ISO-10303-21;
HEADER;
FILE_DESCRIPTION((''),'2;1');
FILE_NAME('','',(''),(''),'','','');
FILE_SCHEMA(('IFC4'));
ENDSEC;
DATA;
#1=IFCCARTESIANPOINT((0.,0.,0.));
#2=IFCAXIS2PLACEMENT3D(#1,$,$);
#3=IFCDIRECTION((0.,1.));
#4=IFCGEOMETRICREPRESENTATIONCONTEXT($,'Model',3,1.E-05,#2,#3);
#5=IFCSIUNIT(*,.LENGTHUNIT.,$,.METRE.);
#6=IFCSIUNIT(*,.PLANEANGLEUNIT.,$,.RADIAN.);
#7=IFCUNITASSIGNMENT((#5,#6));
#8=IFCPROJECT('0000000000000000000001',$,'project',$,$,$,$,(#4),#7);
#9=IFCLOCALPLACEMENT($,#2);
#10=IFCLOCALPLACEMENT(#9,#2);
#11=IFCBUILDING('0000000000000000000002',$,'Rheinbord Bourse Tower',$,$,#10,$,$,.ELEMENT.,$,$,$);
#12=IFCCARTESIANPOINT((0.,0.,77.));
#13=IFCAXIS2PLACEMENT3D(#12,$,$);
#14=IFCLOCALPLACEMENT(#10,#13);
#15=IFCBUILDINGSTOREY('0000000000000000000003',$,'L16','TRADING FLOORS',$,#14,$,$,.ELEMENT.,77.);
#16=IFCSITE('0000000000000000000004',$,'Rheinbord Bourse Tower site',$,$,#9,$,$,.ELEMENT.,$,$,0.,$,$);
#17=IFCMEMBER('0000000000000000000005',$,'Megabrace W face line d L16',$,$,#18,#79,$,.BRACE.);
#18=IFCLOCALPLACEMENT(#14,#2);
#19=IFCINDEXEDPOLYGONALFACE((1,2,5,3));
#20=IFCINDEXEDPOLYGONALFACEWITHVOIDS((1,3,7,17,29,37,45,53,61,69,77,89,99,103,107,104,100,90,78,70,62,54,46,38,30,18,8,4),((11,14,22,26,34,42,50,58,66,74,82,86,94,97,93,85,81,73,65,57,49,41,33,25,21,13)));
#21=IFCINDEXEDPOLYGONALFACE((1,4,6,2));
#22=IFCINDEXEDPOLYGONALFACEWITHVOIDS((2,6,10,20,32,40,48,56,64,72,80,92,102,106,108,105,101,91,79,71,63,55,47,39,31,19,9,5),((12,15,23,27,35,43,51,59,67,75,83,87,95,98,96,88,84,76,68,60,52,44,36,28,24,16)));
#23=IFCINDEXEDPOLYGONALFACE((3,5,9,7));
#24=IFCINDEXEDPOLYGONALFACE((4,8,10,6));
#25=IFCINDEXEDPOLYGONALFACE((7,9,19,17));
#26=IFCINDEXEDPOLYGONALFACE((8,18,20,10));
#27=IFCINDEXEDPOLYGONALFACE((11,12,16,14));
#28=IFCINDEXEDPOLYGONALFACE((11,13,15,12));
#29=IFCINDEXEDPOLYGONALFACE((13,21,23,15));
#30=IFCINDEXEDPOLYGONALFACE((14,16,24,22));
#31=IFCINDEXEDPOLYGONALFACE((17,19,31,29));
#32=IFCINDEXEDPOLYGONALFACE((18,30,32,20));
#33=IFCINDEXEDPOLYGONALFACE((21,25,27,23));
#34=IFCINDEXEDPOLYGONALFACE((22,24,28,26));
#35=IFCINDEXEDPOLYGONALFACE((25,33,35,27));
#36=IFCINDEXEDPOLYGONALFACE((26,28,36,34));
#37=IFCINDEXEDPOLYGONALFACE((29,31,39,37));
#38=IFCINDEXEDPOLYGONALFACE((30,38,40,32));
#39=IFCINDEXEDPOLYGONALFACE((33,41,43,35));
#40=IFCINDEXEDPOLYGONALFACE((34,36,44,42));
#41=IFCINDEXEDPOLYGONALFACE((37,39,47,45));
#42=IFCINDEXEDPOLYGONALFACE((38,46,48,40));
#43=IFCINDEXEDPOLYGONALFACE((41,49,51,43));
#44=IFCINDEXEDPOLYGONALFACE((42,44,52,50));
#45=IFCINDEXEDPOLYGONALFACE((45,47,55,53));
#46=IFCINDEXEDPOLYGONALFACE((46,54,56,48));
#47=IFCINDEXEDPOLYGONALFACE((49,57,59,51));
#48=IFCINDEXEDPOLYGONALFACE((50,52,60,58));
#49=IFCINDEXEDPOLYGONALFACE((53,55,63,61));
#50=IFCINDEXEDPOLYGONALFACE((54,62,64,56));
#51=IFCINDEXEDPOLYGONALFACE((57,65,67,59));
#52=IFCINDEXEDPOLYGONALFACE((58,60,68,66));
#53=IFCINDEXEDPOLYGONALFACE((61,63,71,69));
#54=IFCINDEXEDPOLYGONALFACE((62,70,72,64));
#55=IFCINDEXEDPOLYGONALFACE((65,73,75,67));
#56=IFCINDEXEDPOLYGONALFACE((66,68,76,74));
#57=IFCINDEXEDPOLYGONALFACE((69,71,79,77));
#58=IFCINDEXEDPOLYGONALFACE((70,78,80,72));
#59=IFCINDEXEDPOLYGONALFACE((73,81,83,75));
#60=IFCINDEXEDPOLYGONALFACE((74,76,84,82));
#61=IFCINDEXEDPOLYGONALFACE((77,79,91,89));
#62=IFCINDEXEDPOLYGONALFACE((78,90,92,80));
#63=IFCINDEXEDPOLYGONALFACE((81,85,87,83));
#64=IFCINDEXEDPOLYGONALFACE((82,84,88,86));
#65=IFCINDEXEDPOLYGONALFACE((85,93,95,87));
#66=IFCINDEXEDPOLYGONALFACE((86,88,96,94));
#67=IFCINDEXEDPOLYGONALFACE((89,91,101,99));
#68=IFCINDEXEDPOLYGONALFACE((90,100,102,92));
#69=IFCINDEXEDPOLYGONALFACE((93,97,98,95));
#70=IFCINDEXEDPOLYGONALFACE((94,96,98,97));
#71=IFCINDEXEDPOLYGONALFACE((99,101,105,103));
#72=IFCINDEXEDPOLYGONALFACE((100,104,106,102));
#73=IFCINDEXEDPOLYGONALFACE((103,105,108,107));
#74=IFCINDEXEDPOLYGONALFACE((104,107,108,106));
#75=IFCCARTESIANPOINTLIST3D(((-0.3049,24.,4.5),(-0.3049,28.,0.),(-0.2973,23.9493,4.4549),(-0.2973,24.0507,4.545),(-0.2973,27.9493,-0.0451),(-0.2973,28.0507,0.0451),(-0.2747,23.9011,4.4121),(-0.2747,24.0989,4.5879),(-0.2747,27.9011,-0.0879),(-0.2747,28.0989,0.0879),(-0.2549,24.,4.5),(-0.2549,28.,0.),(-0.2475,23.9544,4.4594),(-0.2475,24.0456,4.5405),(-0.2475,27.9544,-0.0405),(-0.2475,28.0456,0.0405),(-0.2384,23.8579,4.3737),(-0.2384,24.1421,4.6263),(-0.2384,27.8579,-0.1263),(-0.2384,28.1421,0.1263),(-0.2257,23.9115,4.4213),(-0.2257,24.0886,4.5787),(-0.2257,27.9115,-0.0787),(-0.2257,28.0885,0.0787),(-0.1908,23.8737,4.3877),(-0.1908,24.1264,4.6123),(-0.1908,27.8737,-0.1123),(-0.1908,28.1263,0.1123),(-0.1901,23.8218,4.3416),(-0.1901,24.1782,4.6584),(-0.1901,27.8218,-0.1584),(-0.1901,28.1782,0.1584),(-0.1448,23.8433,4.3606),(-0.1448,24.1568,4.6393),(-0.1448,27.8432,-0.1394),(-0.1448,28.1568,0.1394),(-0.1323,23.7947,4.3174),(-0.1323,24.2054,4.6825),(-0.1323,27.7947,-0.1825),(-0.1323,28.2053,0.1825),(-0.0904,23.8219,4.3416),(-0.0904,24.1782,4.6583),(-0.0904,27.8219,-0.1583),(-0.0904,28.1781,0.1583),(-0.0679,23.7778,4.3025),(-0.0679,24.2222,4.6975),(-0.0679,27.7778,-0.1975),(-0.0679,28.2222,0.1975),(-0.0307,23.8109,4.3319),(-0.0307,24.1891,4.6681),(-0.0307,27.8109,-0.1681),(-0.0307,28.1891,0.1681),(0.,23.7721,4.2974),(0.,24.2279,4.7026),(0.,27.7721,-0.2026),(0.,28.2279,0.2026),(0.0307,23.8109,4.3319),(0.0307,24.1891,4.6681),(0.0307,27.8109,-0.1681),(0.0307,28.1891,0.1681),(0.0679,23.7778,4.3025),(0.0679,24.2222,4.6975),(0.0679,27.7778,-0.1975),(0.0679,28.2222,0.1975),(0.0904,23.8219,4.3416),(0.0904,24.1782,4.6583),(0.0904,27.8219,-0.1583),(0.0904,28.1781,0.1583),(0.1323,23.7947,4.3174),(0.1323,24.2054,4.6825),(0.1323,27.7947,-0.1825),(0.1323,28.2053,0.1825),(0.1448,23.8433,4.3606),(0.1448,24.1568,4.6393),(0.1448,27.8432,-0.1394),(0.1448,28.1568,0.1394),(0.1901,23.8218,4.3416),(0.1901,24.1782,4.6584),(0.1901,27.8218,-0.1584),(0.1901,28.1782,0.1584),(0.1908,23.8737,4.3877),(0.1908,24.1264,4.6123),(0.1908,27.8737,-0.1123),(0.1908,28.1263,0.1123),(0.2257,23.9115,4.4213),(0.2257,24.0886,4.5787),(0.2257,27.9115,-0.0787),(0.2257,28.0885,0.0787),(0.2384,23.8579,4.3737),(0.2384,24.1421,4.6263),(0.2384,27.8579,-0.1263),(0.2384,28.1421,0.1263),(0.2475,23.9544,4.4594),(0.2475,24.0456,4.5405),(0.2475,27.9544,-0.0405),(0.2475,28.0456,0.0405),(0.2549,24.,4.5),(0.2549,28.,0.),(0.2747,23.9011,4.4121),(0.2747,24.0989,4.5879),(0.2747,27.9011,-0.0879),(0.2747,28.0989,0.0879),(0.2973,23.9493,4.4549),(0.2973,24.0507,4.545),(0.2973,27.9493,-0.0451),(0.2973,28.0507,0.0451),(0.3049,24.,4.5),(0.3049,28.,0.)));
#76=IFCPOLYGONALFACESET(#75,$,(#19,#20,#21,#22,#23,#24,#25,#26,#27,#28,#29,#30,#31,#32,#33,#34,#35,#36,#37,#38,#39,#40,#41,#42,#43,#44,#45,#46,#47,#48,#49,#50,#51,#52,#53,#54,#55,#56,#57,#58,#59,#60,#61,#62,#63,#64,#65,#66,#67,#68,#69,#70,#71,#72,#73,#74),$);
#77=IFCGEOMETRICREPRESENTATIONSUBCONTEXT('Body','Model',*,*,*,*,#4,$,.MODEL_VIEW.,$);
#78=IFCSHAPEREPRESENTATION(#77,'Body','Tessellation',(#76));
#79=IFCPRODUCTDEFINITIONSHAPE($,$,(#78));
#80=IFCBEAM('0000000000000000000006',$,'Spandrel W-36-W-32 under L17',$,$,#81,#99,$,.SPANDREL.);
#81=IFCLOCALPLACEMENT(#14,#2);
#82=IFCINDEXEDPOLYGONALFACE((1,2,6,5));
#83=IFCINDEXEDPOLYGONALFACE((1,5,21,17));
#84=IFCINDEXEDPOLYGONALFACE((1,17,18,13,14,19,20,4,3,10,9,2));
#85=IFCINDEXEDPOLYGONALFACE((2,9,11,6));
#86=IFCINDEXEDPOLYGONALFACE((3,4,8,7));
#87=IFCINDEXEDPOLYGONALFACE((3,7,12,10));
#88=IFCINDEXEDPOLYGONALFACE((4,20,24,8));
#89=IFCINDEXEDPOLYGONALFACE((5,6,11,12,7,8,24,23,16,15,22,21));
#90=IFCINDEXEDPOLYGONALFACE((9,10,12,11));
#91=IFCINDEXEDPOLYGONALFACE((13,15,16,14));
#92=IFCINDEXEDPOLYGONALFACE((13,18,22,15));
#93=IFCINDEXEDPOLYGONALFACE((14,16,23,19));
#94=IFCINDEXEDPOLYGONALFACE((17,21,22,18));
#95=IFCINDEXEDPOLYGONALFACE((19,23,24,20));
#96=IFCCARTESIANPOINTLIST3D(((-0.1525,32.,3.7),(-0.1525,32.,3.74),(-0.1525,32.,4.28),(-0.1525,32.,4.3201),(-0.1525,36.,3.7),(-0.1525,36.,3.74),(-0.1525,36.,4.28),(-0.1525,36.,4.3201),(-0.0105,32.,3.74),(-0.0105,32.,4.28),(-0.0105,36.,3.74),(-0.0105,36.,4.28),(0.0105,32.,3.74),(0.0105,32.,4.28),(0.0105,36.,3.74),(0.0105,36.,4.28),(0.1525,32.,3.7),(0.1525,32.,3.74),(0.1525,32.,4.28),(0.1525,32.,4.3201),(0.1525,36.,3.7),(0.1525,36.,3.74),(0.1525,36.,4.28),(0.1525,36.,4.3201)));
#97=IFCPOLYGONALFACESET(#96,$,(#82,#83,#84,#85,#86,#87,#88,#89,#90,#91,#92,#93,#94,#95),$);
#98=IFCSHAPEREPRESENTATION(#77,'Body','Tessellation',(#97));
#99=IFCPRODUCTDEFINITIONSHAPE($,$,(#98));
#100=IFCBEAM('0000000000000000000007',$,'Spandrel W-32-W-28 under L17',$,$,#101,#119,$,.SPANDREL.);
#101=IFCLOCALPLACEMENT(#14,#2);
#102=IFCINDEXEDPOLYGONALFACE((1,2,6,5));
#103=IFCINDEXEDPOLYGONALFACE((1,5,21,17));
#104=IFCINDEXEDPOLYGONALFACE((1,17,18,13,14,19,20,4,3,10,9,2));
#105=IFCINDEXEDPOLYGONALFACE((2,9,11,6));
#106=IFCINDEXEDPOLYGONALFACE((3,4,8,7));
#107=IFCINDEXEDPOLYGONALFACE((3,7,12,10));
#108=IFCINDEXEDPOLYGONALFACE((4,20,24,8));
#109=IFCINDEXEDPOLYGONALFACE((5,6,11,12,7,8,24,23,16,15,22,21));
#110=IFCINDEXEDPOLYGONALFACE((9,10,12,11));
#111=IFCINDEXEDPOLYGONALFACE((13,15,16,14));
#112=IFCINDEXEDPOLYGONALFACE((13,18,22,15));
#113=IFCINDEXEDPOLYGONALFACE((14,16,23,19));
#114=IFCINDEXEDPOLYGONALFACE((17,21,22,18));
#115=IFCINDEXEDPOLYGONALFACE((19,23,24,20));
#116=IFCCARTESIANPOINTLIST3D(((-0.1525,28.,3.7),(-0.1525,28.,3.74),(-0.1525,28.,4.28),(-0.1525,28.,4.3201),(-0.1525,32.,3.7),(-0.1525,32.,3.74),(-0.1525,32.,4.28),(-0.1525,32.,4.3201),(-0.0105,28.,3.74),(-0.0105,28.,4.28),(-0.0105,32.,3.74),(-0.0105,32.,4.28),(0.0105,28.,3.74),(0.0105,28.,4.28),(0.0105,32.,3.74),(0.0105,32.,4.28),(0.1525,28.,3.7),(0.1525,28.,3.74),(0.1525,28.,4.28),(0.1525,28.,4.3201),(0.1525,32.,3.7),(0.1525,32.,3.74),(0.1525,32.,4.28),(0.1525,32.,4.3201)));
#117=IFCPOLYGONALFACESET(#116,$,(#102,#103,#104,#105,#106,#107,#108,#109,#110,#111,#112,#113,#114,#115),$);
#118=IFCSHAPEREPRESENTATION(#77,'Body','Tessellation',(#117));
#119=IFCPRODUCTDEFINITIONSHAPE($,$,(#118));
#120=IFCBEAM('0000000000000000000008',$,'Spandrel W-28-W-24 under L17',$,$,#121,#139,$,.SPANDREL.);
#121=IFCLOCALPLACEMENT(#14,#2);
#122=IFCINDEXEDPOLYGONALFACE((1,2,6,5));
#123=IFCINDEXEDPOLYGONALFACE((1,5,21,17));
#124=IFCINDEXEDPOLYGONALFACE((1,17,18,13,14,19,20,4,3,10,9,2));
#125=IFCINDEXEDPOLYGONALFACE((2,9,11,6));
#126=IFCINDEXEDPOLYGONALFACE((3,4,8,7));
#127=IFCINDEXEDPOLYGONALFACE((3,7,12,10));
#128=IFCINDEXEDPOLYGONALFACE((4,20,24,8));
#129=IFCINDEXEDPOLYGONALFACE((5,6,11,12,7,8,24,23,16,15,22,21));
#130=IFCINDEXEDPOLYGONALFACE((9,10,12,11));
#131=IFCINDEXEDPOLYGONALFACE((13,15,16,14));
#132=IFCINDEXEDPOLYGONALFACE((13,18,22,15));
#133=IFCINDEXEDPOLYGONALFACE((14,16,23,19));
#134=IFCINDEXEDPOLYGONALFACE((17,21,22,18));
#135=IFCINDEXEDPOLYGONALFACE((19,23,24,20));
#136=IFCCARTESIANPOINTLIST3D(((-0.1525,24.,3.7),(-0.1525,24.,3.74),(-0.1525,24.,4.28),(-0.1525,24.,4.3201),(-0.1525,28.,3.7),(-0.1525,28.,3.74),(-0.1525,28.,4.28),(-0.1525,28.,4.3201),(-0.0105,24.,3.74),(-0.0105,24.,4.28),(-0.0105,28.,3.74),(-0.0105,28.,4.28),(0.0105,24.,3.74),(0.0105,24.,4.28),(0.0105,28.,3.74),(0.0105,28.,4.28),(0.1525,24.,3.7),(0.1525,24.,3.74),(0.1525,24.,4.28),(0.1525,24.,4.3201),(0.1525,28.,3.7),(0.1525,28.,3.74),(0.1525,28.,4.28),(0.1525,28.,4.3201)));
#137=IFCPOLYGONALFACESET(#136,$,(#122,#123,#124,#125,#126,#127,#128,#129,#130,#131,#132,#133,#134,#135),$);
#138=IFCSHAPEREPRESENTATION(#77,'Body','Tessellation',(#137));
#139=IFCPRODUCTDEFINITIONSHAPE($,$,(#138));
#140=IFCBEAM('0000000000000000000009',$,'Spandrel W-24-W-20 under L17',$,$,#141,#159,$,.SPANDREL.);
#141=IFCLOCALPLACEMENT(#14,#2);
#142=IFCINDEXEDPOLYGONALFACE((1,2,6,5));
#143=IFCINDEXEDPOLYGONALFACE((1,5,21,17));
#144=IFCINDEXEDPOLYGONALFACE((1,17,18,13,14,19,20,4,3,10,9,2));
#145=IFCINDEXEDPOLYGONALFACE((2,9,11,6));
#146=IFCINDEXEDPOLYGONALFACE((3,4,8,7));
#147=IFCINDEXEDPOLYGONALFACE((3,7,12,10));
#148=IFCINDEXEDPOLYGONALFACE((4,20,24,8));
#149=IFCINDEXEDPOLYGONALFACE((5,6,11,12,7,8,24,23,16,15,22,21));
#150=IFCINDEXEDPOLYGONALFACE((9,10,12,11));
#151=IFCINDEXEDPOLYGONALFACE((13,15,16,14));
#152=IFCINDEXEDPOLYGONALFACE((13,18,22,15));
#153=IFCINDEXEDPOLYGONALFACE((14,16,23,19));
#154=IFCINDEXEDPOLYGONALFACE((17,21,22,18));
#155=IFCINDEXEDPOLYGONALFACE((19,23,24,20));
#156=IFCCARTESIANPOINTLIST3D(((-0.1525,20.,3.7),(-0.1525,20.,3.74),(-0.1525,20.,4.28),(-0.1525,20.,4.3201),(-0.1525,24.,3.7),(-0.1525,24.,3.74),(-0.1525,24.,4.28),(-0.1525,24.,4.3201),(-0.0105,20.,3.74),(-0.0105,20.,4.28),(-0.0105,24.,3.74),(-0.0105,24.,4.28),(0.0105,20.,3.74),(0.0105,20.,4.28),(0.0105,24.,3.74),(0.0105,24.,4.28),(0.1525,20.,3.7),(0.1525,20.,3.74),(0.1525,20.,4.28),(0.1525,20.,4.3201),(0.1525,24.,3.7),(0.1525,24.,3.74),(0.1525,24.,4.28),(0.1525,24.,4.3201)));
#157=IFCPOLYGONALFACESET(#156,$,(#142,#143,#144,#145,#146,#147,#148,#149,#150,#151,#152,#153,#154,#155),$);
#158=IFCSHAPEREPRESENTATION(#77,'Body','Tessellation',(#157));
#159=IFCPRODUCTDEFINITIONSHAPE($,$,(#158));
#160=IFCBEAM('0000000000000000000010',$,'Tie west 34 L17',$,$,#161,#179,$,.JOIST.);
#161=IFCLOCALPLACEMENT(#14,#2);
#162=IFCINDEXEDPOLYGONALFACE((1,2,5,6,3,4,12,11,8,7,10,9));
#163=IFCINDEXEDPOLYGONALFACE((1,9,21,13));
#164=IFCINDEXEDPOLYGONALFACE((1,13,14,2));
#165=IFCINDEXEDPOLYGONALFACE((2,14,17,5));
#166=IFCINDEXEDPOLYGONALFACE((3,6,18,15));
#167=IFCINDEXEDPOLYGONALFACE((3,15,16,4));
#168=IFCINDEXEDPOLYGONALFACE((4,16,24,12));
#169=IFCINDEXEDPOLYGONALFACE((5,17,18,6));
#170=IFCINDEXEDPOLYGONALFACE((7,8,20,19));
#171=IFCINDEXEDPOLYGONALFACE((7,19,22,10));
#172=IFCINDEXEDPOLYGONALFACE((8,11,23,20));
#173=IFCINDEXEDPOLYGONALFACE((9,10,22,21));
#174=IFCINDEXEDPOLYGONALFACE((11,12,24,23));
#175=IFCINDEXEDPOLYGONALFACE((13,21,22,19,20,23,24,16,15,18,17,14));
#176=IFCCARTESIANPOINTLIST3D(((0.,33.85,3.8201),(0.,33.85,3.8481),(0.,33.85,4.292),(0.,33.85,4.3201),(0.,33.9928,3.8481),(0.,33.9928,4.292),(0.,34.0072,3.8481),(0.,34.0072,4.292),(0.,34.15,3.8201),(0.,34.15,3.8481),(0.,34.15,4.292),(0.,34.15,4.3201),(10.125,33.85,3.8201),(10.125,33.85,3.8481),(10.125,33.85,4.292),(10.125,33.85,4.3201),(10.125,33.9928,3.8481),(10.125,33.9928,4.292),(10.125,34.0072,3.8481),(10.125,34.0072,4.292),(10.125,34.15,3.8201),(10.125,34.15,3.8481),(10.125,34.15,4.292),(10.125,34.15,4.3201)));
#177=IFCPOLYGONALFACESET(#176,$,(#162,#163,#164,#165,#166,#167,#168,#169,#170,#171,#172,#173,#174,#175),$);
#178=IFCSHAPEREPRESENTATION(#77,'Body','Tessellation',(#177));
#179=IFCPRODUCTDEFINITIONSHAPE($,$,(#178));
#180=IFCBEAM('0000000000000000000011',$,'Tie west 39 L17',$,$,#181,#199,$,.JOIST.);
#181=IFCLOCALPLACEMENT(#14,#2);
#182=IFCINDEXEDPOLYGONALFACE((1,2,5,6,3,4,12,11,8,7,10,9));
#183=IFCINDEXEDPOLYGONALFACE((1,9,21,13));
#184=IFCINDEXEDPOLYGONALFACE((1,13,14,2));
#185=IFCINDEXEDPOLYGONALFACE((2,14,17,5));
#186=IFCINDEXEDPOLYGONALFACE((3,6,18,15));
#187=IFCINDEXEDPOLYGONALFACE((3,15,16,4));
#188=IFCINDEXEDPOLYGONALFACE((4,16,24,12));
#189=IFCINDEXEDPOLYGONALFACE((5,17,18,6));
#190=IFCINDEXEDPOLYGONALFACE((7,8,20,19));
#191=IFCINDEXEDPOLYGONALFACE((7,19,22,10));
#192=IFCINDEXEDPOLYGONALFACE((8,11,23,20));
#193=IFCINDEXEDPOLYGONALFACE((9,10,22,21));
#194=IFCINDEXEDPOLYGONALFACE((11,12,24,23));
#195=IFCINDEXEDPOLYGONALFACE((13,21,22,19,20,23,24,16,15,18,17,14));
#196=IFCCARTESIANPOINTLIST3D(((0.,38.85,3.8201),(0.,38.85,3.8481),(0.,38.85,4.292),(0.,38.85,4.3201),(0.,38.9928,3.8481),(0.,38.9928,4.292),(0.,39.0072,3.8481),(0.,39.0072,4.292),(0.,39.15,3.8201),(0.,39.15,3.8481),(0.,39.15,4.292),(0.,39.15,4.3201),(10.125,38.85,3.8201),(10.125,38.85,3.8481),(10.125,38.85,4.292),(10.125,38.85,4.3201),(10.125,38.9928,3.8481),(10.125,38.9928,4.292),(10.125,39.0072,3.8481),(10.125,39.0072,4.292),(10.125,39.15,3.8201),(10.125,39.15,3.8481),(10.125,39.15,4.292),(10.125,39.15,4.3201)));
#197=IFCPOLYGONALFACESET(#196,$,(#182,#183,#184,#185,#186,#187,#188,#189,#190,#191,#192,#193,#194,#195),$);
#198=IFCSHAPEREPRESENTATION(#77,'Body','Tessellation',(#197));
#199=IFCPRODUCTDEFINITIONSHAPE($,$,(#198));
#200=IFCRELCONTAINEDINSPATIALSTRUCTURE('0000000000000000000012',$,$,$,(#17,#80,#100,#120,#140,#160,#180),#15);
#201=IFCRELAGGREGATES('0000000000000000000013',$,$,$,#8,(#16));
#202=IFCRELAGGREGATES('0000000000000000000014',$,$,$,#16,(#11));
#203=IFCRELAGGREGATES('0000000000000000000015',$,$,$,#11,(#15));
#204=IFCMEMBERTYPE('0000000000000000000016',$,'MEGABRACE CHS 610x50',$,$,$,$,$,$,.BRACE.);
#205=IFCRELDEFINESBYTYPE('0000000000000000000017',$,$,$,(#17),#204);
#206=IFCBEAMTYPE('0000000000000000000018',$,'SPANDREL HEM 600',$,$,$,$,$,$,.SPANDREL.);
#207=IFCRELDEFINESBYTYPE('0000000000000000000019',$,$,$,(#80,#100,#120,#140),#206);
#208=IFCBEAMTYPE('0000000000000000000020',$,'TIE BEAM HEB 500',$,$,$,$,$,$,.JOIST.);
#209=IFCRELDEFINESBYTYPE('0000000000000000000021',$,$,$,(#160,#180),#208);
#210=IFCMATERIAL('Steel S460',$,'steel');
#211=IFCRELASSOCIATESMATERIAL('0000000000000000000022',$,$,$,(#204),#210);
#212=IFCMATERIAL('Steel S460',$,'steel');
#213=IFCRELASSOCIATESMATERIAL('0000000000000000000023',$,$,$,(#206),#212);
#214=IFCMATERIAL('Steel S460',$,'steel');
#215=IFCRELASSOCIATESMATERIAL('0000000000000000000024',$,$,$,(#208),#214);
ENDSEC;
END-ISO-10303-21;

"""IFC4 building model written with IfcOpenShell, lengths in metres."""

from ifc_helpers import new_model, si_unit, direction, frame, origin, origin_2d, place, context, subcontext, project, spatial, hollow_circle, i_section, extrude, material, material_profile, profile_set, type_object, element, save


model = new_model("IFC4")

# Units and contexts
model_context = context("Model", 3, precision=1e-05, world=origin(), true_north=direction((0.0, 1.0)))
body_context = subcontext(model_context, "Body", "Model", "MODEL_VIEW")
ifc_project = project(units=[si_unit("LENGTHUNIT", "METRE"), si_unit("PLANEANGLEUNIT", "RADIAN")], contexts=[model_context])

# Site, building, storey
site_placement = place(None, origin())
site = spatial("IfcSite", under=ifc_project, at=site_placement, Name="Rheinbord Bourse Tower site", CompositionType="ELEMENT", RefElevation=0.0)
building_placement = place(site_placement, origin())
building = spatial("IfcBuilding", under=site, at=building_placement, Name="Rheinbord Bourse Tower", CompositionType="ELEMENT")
storey_placement = place(building_placement, frame((0.0, 0.0, 77.0)))
storey = spatial("IfcBuildingStorey", under=building, at=storey_placement, Name="L16", Description="TRADING FLOORS", CompositionType="ELEMENT", Elevation=77.0)

# Member
ifc_material_1 = material(Name="Steel S460", Category="steel")
ifc_material_profile_1 = material_profile(ifc_material_1, hollow_circle(Radius=0.3049, WallThickness=0.05, at=origin_2d()), Name="CHS 610x50")
ifc_profile_set_1 = profile_set([ifc_material_profile_1], Name="Steel S460")
member_type_1 = type_object("IfcMemberType", Name="MEGABRACE CHS 610x50", PredefinedType="BRACE", material=ifc_profile_set_1)
member_1_placement = place(storey_placement, frame((0.0, 28.0, 0.0), z_axis=(0.0, -0.664364, 0.747409), x_axis=(1.0, 0.0, 0.0)))
element("IfcMember", 1, at=member_1_placement, inside=storey, type_object=member_type_1, Name="Megabrace W face line d L16", PredefinedType="BRACE", context=body_context, shape_type="SweptSolid", body=[
    extrude(hollow_circle(Radius=0.3049, WallThickness=0.05, at=origin_2d()), origin(), (0.0, 0.0, 1.0), 6.0208),
])

# Beams
ifc_material_2 = material(Name="Steel S460", Category="steel")
ifc_material_profile_2 = material_profile(ifc_material_2, i_section(OverallWidth=0.3049, OverallDepth=0.6201, WebThickness=0.021, FlangeThickness=0.04, at=origin_2d()), Name="HEM 600")
ifc_profile_set_2 = profile_set([ifc_material_profile_2], Name="Steel S460")
beam_type_1 = type_object("IfcBeamType", Name="SPANDREL HEM 600", PredefinedType="SPANDREL", material=ifc_profile_set_2)
for number, where, z_axis, x_axis, name in (
    (2, (0.0, 36.0, 4.01), (0.0, -1.0, 0.0), (1.0, 0.0, 0.0), "Spandrel W-36-W-32 under L17"),
    (3, (0.0, 32.0, 4.01), (0.0, -1.0, 0.0), (1.0, 0.0, 0.0), "Spandrel W-32-W-28 under L17"),
    (4, (0.0, 28.0, 4.01), (0.0, -1.0, 0.0), (1.0, 0.0, 0.0), "Spandrel W-28-W-24 under L17"),
    (5, (0.0, 24.0, 4.01), (0.0, -1.0, 0.0), (1.0, 0.0, 0.0), "Spandrel W-24-W-20 under L17"),
):
    element("IfcBeam", number, at=place(storey_placement, frame(where, z_axis=z_axis, x_axis=x_axis)), inside=storey, type_object=beam_type_1, Name=name, PredefinedType="SPANDREL", context=body_context, shape_type="SweptSolid", body=[
        extrude(i_section(OverallWidth=0.3049, OverallDepth=0.6201, WebThickness=0.021, FlangeThickness=0.04, at=origin_2d()), origin(), (0.0, 0.0, 1.0), 4.0),
    ])
ifc_material_3 = material(Name="Steel S460", Category="steel")
ifc_material_profile_3 = material_profile(ifc_material_3, i_section(OverallWidth=0.3, OverallDepth=0.5, WebThickness=0.0144, FlangeThickness=0.0281, at=origin_2d()), Name="HEB 500")
ifc_profile_set_3 = profile_set([ifc_material_profile_3], Name="Steel S460")
beam_type_2 = type_object("IfcBeamType", Name="TIE BEAM HEB 500", PredefinedType="JOIST", material=ifc_profile_set_3)
for number, where, z_axis, x_axis, name in (
    (6, (0.0, 34.0, 4.0701), (1.0, 0.0, 0.0), (0.0, 1.0, 0.0), "Tie west 34 L17"),
    (7, (0.0, 39.0, 4.0701), (1.0, 0.0, 0.0), (0.0, 1.0, 0.0), "Tie west 39 L17"),
):
    element("IfcBeam", number, at=place(storey_placement, frame(where, z_axis=z_axis, x_axis=x_axis)), inside=storey, type_object=beam_type_2, Name=name, PredefinedType="JOIST", context=body_context, shape_type="SweptSolid", body=[
        extrude(i_section(OverallWidth=0.3, OverallDepth=0.5, WebThickness=0.0144, FlangeThickness=0.0281, at=origin_2d()), origin(), (0.0, 0.0, 1.0), 10.125),
    ])

save(model, "model.ifc")
